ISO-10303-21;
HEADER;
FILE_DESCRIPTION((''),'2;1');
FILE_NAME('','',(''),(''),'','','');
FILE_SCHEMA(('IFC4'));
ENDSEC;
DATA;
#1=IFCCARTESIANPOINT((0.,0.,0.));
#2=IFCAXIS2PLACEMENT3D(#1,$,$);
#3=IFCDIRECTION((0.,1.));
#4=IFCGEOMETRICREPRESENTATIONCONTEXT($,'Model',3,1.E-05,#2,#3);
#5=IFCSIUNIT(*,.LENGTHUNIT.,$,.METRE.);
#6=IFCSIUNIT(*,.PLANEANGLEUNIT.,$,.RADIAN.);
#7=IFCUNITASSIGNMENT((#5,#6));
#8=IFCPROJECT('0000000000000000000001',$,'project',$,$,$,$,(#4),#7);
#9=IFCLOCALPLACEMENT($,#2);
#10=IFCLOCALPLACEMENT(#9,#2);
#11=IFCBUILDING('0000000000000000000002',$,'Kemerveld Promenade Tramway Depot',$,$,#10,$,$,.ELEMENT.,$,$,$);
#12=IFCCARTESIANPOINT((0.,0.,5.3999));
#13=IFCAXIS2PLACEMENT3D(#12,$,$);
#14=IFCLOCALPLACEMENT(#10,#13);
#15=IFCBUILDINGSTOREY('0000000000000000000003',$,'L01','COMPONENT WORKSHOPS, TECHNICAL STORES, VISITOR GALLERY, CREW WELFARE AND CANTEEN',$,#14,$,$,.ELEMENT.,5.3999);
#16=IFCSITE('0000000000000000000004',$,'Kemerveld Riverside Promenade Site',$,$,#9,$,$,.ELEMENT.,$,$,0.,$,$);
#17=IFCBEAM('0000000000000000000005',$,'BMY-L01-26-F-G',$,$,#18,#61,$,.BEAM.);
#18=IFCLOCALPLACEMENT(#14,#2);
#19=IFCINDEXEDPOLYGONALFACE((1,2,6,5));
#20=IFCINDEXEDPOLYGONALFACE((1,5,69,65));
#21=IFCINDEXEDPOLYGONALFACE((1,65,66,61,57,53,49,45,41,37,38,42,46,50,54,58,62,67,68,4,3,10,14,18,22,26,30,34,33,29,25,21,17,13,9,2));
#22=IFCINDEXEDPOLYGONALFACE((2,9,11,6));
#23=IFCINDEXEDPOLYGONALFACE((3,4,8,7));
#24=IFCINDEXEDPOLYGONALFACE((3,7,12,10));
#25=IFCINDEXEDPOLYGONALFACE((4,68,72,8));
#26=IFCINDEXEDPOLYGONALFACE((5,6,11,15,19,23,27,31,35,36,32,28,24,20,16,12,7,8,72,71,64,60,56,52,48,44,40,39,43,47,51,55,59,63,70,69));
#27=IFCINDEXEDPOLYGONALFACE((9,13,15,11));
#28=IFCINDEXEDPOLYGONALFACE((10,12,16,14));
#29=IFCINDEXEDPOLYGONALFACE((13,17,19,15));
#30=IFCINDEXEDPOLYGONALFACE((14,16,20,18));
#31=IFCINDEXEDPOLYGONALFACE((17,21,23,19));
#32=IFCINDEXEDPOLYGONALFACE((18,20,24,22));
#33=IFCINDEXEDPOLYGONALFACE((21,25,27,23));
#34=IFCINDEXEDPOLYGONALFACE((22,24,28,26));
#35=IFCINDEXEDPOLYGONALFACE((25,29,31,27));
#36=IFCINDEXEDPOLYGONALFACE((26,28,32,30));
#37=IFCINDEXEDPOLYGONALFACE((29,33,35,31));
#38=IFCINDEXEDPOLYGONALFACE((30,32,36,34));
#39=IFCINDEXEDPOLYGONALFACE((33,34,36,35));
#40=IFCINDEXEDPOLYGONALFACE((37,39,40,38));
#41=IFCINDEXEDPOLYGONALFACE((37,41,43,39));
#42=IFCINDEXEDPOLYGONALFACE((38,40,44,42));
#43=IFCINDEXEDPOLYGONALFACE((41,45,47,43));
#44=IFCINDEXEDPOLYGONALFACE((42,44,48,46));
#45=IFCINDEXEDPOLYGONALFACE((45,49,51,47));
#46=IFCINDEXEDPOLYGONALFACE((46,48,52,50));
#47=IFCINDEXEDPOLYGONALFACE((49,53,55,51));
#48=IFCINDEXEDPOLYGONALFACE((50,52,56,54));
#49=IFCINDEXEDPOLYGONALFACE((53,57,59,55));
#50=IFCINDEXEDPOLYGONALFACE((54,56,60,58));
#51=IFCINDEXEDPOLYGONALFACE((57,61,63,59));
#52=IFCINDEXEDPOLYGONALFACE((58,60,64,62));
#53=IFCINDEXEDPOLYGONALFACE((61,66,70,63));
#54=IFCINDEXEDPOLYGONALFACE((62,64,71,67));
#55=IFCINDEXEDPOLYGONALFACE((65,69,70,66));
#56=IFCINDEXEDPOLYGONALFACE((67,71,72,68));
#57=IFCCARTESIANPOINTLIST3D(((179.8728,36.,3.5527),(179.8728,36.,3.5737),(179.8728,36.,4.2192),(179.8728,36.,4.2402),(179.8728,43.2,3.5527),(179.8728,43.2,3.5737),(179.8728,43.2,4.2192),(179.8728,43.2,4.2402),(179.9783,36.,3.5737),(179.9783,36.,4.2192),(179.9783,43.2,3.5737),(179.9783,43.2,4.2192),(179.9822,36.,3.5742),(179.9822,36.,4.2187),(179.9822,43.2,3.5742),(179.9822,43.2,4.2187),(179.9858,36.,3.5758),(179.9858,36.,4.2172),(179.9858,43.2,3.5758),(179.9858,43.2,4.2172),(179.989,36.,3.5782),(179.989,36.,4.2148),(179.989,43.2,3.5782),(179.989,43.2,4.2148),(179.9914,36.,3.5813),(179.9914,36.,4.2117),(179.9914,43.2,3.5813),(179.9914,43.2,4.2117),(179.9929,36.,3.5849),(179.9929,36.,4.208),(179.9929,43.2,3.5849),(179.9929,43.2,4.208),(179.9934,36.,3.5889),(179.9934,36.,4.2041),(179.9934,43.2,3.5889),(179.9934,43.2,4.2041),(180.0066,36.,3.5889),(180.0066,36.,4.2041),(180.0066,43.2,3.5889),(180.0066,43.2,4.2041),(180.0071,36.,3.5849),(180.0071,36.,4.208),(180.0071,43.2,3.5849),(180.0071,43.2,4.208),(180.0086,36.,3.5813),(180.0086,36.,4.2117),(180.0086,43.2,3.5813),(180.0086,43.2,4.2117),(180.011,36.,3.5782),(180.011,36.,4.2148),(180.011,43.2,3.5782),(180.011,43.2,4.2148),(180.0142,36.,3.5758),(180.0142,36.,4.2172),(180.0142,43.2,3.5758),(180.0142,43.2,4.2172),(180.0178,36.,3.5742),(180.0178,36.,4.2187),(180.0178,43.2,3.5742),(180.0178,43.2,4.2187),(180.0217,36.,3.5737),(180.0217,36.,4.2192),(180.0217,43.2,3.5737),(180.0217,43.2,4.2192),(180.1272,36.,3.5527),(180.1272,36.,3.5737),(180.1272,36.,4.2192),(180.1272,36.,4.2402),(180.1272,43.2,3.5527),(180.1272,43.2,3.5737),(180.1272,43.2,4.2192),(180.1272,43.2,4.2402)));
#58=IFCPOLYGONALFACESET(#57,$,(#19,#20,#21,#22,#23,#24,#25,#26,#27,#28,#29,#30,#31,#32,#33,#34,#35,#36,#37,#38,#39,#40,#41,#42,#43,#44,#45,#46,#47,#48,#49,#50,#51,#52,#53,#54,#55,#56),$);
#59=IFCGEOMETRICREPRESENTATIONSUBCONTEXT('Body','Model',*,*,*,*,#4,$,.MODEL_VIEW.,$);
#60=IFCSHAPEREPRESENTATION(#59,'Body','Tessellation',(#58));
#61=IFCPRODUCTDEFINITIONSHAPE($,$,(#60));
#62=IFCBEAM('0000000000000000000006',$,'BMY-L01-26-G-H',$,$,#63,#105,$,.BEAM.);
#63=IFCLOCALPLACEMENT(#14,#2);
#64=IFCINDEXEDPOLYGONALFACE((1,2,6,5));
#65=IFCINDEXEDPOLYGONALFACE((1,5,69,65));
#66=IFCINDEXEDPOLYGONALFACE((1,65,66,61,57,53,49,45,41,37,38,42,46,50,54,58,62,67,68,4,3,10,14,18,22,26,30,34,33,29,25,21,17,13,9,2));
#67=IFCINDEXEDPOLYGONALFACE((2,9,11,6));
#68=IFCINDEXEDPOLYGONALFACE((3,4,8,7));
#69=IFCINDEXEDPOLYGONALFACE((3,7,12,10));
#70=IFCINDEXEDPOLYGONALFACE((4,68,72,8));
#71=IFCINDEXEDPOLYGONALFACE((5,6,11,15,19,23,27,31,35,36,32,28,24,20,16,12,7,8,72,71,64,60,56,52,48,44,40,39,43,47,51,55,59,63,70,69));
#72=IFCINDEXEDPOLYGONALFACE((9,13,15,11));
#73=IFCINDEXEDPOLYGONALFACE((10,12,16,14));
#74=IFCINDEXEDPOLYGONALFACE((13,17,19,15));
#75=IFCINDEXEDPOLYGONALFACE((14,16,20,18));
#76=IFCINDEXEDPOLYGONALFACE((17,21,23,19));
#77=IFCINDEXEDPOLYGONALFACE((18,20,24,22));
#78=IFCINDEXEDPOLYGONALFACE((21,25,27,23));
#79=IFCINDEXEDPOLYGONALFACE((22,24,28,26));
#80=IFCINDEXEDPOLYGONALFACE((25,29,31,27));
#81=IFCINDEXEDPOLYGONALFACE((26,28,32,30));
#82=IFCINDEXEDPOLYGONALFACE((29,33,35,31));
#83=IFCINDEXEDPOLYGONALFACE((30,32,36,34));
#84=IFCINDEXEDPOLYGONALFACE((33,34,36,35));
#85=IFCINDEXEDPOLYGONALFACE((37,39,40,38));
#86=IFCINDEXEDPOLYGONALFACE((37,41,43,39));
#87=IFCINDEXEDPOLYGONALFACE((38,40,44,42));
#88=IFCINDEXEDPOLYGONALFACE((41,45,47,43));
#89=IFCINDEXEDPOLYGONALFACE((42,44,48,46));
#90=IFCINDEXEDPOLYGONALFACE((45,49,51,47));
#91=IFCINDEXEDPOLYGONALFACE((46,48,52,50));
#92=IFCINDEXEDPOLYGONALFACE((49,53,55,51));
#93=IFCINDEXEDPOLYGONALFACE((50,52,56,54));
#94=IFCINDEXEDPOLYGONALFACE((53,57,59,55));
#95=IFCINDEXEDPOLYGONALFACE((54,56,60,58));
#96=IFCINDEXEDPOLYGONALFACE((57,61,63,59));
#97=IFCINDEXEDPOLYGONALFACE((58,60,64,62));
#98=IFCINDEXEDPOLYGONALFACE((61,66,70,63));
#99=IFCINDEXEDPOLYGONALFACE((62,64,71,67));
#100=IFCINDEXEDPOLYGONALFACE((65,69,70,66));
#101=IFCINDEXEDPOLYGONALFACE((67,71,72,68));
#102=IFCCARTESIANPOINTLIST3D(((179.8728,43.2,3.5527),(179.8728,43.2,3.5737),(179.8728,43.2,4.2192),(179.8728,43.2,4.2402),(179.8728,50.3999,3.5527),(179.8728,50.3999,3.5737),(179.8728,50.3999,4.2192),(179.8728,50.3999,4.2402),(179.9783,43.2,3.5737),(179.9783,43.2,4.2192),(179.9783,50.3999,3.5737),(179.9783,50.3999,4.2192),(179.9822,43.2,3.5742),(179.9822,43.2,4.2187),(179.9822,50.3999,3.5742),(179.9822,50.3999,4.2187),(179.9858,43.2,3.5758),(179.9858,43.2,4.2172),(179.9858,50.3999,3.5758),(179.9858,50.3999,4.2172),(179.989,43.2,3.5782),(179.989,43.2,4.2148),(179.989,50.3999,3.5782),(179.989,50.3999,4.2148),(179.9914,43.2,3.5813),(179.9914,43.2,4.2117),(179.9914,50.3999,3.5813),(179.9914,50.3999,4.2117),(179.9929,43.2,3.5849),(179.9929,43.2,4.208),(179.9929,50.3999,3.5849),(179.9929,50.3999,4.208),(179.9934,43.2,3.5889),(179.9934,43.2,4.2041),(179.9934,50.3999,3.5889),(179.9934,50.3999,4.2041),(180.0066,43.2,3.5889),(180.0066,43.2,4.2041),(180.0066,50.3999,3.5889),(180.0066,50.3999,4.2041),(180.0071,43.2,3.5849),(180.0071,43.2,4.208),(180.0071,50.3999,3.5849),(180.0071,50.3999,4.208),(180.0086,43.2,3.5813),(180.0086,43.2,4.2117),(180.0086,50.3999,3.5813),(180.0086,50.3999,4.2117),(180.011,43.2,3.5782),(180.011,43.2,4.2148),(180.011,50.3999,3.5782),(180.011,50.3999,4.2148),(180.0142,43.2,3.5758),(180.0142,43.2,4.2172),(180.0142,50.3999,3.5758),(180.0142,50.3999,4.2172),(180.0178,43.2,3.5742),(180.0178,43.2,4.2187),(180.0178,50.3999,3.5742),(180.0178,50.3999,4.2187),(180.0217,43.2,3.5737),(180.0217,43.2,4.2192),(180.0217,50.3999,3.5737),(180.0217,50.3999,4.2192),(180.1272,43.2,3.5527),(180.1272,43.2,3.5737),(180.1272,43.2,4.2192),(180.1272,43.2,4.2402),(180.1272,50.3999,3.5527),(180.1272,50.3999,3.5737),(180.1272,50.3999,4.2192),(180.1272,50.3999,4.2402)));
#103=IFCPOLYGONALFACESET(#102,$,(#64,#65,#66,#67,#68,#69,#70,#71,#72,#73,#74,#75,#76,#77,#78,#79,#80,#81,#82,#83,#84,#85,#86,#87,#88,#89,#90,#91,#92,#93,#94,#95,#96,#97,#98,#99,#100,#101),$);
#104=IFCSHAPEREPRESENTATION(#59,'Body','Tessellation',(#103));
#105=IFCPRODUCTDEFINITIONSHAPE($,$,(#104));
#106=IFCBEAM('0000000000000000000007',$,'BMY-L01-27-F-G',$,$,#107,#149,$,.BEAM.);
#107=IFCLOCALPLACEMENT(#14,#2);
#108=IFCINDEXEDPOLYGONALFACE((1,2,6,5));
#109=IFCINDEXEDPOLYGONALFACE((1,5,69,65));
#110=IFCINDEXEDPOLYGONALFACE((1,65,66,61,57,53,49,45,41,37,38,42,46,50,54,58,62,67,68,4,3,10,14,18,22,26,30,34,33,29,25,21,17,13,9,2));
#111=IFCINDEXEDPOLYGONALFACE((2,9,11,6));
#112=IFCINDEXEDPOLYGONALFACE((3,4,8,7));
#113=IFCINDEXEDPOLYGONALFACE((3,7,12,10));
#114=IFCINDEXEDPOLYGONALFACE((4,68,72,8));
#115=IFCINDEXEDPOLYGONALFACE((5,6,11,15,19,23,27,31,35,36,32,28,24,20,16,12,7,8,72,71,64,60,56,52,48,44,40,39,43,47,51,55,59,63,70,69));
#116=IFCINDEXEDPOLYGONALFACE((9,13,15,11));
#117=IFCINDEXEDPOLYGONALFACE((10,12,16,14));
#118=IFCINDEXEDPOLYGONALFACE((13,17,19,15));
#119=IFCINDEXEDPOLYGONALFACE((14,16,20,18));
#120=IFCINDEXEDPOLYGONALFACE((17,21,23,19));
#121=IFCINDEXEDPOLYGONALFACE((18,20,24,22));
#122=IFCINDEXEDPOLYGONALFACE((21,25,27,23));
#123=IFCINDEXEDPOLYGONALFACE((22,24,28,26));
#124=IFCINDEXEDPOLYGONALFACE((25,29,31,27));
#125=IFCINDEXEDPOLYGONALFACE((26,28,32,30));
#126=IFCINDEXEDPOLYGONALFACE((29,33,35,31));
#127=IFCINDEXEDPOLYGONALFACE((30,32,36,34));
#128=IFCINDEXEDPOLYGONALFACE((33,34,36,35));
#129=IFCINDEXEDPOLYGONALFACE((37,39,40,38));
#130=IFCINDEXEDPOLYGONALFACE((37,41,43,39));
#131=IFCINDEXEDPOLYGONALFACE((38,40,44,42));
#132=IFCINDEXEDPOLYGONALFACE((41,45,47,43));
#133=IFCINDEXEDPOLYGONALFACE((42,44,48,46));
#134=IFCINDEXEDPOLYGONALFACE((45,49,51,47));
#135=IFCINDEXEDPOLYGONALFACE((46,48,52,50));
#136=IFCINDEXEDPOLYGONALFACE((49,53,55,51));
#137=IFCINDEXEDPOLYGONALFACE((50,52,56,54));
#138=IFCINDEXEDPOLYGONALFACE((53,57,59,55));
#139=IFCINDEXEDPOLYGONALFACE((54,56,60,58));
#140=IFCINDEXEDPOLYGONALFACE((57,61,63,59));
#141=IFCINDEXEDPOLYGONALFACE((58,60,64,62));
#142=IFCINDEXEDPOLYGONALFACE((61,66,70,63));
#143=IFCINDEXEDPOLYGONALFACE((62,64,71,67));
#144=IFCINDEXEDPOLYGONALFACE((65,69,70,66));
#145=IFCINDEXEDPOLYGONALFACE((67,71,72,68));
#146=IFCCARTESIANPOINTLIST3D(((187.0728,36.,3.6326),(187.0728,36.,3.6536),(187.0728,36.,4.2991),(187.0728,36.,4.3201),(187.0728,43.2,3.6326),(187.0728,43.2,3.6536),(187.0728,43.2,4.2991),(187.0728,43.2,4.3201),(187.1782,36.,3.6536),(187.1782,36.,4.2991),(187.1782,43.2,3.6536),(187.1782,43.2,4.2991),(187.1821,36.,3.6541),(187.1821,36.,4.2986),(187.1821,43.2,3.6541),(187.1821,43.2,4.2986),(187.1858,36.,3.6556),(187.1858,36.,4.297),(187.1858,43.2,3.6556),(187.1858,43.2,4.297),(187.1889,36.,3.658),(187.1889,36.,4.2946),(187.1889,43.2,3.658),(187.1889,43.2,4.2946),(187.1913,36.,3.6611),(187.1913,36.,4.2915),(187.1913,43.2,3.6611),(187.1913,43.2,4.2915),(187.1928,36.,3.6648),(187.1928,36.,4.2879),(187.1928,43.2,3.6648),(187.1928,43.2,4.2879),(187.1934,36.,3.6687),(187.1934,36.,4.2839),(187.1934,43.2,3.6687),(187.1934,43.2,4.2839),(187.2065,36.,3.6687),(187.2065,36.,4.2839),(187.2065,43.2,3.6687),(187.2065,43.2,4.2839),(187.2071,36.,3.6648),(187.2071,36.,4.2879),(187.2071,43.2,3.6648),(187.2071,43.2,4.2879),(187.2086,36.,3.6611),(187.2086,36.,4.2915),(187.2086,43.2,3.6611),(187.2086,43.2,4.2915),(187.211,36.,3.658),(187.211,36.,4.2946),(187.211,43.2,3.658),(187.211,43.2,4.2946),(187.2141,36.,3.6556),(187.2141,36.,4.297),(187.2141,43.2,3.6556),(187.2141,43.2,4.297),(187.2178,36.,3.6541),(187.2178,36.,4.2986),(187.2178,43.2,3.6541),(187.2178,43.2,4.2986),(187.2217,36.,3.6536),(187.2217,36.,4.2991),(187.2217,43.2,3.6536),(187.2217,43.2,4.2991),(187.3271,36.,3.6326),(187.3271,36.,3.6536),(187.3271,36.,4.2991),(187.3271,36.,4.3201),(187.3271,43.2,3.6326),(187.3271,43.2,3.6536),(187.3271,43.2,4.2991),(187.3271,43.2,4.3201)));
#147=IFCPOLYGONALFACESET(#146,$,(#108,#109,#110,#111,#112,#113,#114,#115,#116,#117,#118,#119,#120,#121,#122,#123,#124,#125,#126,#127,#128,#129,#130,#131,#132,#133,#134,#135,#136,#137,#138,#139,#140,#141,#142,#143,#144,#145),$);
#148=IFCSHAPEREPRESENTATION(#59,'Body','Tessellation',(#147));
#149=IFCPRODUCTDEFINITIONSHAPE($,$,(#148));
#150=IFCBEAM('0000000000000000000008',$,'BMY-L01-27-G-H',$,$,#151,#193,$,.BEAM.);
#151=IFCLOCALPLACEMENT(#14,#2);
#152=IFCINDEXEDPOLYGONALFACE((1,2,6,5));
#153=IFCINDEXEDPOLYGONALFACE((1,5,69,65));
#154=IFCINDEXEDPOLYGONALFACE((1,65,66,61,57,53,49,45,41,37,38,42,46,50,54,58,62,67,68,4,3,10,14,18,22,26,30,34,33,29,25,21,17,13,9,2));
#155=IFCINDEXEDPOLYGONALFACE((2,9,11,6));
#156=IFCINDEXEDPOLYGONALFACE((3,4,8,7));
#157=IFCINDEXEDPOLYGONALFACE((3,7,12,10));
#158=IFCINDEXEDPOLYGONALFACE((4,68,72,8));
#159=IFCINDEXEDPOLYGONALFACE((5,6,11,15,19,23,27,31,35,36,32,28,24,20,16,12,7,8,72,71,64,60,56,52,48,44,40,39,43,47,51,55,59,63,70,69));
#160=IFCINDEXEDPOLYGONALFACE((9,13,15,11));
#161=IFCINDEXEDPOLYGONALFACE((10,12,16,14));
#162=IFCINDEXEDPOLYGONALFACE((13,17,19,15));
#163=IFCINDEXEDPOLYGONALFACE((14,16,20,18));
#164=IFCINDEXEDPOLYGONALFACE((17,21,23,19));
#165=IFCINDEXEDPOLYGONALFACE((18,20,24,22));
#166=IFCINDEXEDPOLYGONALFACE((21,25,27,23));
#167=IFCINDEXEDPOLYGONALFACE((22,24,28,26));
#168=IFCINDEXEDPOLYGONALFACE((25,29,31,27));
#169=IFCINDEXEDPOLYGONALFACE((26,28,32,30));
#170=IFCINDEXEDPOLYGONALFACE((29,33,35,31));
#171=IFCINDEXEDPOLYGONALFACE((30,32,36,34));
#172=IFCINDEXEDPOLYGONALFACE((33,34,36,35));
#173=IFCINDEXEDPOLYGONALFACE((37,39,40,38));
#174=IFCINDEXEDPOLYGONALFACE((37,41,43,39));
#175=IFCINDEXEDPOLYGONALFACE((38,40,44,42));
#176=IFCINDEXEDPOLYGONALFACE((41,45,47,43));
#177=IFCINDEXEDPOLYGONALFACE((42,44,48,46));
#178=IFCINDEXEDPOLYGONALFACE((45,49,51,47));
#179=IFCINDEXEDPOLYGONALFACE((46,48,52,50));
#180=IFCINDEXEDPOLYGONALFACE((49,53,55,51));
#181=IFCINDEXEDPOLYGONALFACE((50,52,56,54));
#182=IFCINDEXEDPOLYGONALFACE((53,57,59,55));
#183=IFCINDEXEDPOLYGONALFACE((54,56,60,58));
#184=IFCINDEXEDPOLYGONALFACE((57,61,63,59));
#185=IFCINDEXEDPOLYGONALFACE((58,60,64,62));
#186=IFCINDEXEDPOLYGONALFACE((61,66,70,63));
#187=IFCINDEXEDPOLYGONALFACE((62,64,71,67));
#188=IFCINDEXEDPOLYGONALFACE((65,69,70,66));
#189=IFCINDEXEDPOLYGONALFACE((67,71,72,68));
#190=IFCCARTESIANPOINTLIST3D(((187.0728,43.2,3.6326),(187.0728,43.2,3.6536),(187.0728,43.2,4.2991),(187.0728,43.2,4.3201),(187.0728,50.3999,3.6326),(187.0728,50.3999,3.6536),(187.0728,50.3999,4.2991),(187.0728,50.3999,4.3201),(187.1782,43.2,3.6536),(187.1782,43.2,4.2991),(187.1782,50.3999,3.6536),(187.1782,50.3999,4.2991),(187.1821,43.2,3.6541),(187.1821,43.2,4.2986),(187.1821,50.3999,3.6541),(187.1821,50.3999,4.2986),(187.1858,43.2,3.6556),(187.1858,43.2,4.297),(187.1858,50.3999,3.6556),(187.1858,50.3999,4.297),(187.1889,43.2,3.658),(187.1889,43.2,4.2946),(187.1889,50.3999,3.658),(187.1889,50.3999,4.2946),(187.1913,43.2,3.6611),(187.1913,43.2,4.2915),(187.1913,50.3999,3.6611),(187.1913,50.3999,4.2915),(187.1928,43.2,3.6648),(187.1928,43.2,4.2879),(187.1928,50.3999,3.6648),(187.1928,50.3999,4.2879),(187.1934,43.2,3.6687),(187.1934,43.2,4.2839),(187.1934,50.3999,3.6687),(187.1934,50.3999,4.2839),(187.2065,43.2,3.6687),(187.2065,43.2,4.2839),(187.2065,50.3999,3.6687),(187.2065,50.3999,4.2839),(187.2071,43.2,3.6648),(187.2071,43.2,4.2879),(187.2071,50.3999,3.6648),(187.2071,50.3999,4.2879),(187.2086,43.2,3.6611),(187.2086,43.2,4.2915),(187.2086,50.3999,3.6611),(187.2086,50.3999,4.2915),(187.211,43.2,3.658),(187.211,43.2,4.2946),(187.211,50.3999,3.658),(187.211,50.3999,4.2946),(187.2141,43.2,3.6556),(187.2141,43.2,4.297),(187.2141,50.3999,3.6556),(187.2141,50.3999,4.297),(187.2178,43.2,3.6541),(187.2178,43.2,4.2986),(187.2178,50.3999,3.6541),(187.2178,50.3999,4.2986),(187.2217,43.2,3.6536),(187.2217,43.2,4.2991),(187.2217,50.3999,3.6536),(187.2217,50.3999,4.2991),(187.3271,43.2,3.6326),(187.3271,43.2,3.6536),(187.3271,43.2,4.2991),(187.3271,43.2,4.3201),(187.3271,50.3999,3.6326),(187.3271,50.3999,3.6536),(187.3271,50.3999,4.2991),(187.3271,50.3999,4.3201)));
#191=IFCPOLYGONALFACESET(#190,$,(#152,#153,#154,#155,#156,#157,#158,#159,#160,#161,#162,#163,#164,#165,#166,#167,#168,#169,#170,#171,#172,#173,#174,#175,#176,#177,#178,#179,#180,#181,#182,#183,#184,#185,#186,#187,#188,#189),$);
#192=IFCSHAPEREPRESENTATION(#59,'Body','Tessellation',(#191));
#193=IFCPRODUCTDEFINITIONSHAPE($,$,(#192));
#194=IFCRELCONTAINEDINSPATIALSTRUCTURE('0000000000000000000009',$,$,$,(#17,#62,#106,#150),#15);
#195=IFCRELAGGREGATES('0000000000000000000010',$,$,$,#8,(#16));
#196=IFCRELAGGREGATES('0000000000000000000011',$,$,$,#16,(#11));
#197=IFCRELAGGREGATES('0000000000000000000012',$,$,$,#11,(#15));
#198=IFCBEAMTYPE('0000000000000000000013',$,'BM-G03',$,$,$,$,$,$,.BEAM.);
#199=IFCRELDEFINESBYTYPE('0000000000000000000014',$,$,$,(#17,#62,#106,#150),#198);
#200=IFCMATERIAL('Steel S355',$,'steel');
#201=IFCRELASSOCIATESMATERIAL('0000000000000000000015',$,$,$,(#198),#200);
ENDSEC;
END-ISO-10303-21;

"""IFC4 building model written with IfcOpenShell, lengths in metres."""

from ifc_helpers import new_model, si_unit, direction, frame, origin, origin_2d, place, context, subcontext, project, spatial, i_section, extrude, material, material_profile, profile_set, type_object, element, save


model = new_model("IFC4")

# Units and contexts
model_context = context("Model", 3, precision=1e-05, world=origin(), true_north=direction((0.0, 1.0)))
body_context = subcontext(model_context, "Body", "Model", "MODEL_VIEW")
ifc_project = project(units=[si_unit("LENGTHUNIT", "METRE"), si_unit("PLANEANGLEUNIT", "RADIAN")], contexts=[model_context])

# Site, building, storey
site_placement = place(None, origin())
site = spatial("IfcSite", under=ifc_project, at=site_placement, Name="Kemerveld Riverside Promenade Site", CompositionType="ELEMENT", RefElevation=0.0)
building_placement = place(site_placement, origin())
building = spatial("IfcBuilding", under=site, at=building_placement, Name="Kemerveld Promenade Tramway Depot", CompositionType="ELEMENT")
storey_placement = place(building_placement, frame((0.0, 0.0, 5.3999)))
storey = spatial("IfcBuildingStorey", under=building, at=storey_placement, Name="L01", Description="COMPONENT WORKSHOPS, TECHNICAL STORES, VISITOR GALLERY, CREW WELFARE AND CANTEEN", CompositionType="ELEMENT", Elevation=5.3999)

# Shared definitions
ifc_material_1 = material(Name="Steel S355", Category="steel")

# Beams
ifc_material_profile_1 = material_profile(ifc_material_1, i_section(OverallWidth=0.2544, OverallDepth=0.6875, WebThickness=0.0132, FlangeThickness=0.021, FilletRadius=0.0151, at=origin_2d()), Name="686x254x152 UB")
ifc_profile_set_1 = profile_set([ifc_material_profile_1], Name="Steel S355")
beam_type_1 = type_object("IfcBeamType", Name="BM-G03", PredefinedType="BEAM", material=ifc_profile_set_1)
for number, where, z_axis, x_axis, name in (
    (1, (180.0, 36.0, 3.8965), (0.0, 1.0, 0.0), (-1.0, 0.0, 0.0), "BMY-L01-26-F-G"),
    (2, (180.0, 43.2, 3.8965), (0.0, 1.0, 0.0), (-1.0, 0.0, 0.0), "BMY-L01-26-G-H"),
    (3, (187.2, 36.0, 3.9763), (0.0, 1.0, 0.0), (-1.0, 0.0, 0.0), "BMY-L01-27-F-G"),
    (4, (187.2, 43.2, 3.9763), (0.0, 1.0, 0.0), (-1.0, 0.0, 0.0), "BMY-L01-27-G-H"),
):
    element("IfcBeam", number, at=place(storey_placement, frame(where, z_axis=z_axis, x_axis=x_axis)), inside=storey, type_object=beam_type_1, Name=name, PredefinedType="BEAM", context=body_context, shape_type="SweptSolid", body=[
        extrude(i_section(OverallWidth=0.2544, OverallDepth=0.6875, WebThickness=0.0132, FlangeThickness=0.021, FilletRadius=0.0151, at=origin_2d()), origin(), (0.0, 0.0, 1.0), 7.2),
    ])

save(model, "model.ifc")
